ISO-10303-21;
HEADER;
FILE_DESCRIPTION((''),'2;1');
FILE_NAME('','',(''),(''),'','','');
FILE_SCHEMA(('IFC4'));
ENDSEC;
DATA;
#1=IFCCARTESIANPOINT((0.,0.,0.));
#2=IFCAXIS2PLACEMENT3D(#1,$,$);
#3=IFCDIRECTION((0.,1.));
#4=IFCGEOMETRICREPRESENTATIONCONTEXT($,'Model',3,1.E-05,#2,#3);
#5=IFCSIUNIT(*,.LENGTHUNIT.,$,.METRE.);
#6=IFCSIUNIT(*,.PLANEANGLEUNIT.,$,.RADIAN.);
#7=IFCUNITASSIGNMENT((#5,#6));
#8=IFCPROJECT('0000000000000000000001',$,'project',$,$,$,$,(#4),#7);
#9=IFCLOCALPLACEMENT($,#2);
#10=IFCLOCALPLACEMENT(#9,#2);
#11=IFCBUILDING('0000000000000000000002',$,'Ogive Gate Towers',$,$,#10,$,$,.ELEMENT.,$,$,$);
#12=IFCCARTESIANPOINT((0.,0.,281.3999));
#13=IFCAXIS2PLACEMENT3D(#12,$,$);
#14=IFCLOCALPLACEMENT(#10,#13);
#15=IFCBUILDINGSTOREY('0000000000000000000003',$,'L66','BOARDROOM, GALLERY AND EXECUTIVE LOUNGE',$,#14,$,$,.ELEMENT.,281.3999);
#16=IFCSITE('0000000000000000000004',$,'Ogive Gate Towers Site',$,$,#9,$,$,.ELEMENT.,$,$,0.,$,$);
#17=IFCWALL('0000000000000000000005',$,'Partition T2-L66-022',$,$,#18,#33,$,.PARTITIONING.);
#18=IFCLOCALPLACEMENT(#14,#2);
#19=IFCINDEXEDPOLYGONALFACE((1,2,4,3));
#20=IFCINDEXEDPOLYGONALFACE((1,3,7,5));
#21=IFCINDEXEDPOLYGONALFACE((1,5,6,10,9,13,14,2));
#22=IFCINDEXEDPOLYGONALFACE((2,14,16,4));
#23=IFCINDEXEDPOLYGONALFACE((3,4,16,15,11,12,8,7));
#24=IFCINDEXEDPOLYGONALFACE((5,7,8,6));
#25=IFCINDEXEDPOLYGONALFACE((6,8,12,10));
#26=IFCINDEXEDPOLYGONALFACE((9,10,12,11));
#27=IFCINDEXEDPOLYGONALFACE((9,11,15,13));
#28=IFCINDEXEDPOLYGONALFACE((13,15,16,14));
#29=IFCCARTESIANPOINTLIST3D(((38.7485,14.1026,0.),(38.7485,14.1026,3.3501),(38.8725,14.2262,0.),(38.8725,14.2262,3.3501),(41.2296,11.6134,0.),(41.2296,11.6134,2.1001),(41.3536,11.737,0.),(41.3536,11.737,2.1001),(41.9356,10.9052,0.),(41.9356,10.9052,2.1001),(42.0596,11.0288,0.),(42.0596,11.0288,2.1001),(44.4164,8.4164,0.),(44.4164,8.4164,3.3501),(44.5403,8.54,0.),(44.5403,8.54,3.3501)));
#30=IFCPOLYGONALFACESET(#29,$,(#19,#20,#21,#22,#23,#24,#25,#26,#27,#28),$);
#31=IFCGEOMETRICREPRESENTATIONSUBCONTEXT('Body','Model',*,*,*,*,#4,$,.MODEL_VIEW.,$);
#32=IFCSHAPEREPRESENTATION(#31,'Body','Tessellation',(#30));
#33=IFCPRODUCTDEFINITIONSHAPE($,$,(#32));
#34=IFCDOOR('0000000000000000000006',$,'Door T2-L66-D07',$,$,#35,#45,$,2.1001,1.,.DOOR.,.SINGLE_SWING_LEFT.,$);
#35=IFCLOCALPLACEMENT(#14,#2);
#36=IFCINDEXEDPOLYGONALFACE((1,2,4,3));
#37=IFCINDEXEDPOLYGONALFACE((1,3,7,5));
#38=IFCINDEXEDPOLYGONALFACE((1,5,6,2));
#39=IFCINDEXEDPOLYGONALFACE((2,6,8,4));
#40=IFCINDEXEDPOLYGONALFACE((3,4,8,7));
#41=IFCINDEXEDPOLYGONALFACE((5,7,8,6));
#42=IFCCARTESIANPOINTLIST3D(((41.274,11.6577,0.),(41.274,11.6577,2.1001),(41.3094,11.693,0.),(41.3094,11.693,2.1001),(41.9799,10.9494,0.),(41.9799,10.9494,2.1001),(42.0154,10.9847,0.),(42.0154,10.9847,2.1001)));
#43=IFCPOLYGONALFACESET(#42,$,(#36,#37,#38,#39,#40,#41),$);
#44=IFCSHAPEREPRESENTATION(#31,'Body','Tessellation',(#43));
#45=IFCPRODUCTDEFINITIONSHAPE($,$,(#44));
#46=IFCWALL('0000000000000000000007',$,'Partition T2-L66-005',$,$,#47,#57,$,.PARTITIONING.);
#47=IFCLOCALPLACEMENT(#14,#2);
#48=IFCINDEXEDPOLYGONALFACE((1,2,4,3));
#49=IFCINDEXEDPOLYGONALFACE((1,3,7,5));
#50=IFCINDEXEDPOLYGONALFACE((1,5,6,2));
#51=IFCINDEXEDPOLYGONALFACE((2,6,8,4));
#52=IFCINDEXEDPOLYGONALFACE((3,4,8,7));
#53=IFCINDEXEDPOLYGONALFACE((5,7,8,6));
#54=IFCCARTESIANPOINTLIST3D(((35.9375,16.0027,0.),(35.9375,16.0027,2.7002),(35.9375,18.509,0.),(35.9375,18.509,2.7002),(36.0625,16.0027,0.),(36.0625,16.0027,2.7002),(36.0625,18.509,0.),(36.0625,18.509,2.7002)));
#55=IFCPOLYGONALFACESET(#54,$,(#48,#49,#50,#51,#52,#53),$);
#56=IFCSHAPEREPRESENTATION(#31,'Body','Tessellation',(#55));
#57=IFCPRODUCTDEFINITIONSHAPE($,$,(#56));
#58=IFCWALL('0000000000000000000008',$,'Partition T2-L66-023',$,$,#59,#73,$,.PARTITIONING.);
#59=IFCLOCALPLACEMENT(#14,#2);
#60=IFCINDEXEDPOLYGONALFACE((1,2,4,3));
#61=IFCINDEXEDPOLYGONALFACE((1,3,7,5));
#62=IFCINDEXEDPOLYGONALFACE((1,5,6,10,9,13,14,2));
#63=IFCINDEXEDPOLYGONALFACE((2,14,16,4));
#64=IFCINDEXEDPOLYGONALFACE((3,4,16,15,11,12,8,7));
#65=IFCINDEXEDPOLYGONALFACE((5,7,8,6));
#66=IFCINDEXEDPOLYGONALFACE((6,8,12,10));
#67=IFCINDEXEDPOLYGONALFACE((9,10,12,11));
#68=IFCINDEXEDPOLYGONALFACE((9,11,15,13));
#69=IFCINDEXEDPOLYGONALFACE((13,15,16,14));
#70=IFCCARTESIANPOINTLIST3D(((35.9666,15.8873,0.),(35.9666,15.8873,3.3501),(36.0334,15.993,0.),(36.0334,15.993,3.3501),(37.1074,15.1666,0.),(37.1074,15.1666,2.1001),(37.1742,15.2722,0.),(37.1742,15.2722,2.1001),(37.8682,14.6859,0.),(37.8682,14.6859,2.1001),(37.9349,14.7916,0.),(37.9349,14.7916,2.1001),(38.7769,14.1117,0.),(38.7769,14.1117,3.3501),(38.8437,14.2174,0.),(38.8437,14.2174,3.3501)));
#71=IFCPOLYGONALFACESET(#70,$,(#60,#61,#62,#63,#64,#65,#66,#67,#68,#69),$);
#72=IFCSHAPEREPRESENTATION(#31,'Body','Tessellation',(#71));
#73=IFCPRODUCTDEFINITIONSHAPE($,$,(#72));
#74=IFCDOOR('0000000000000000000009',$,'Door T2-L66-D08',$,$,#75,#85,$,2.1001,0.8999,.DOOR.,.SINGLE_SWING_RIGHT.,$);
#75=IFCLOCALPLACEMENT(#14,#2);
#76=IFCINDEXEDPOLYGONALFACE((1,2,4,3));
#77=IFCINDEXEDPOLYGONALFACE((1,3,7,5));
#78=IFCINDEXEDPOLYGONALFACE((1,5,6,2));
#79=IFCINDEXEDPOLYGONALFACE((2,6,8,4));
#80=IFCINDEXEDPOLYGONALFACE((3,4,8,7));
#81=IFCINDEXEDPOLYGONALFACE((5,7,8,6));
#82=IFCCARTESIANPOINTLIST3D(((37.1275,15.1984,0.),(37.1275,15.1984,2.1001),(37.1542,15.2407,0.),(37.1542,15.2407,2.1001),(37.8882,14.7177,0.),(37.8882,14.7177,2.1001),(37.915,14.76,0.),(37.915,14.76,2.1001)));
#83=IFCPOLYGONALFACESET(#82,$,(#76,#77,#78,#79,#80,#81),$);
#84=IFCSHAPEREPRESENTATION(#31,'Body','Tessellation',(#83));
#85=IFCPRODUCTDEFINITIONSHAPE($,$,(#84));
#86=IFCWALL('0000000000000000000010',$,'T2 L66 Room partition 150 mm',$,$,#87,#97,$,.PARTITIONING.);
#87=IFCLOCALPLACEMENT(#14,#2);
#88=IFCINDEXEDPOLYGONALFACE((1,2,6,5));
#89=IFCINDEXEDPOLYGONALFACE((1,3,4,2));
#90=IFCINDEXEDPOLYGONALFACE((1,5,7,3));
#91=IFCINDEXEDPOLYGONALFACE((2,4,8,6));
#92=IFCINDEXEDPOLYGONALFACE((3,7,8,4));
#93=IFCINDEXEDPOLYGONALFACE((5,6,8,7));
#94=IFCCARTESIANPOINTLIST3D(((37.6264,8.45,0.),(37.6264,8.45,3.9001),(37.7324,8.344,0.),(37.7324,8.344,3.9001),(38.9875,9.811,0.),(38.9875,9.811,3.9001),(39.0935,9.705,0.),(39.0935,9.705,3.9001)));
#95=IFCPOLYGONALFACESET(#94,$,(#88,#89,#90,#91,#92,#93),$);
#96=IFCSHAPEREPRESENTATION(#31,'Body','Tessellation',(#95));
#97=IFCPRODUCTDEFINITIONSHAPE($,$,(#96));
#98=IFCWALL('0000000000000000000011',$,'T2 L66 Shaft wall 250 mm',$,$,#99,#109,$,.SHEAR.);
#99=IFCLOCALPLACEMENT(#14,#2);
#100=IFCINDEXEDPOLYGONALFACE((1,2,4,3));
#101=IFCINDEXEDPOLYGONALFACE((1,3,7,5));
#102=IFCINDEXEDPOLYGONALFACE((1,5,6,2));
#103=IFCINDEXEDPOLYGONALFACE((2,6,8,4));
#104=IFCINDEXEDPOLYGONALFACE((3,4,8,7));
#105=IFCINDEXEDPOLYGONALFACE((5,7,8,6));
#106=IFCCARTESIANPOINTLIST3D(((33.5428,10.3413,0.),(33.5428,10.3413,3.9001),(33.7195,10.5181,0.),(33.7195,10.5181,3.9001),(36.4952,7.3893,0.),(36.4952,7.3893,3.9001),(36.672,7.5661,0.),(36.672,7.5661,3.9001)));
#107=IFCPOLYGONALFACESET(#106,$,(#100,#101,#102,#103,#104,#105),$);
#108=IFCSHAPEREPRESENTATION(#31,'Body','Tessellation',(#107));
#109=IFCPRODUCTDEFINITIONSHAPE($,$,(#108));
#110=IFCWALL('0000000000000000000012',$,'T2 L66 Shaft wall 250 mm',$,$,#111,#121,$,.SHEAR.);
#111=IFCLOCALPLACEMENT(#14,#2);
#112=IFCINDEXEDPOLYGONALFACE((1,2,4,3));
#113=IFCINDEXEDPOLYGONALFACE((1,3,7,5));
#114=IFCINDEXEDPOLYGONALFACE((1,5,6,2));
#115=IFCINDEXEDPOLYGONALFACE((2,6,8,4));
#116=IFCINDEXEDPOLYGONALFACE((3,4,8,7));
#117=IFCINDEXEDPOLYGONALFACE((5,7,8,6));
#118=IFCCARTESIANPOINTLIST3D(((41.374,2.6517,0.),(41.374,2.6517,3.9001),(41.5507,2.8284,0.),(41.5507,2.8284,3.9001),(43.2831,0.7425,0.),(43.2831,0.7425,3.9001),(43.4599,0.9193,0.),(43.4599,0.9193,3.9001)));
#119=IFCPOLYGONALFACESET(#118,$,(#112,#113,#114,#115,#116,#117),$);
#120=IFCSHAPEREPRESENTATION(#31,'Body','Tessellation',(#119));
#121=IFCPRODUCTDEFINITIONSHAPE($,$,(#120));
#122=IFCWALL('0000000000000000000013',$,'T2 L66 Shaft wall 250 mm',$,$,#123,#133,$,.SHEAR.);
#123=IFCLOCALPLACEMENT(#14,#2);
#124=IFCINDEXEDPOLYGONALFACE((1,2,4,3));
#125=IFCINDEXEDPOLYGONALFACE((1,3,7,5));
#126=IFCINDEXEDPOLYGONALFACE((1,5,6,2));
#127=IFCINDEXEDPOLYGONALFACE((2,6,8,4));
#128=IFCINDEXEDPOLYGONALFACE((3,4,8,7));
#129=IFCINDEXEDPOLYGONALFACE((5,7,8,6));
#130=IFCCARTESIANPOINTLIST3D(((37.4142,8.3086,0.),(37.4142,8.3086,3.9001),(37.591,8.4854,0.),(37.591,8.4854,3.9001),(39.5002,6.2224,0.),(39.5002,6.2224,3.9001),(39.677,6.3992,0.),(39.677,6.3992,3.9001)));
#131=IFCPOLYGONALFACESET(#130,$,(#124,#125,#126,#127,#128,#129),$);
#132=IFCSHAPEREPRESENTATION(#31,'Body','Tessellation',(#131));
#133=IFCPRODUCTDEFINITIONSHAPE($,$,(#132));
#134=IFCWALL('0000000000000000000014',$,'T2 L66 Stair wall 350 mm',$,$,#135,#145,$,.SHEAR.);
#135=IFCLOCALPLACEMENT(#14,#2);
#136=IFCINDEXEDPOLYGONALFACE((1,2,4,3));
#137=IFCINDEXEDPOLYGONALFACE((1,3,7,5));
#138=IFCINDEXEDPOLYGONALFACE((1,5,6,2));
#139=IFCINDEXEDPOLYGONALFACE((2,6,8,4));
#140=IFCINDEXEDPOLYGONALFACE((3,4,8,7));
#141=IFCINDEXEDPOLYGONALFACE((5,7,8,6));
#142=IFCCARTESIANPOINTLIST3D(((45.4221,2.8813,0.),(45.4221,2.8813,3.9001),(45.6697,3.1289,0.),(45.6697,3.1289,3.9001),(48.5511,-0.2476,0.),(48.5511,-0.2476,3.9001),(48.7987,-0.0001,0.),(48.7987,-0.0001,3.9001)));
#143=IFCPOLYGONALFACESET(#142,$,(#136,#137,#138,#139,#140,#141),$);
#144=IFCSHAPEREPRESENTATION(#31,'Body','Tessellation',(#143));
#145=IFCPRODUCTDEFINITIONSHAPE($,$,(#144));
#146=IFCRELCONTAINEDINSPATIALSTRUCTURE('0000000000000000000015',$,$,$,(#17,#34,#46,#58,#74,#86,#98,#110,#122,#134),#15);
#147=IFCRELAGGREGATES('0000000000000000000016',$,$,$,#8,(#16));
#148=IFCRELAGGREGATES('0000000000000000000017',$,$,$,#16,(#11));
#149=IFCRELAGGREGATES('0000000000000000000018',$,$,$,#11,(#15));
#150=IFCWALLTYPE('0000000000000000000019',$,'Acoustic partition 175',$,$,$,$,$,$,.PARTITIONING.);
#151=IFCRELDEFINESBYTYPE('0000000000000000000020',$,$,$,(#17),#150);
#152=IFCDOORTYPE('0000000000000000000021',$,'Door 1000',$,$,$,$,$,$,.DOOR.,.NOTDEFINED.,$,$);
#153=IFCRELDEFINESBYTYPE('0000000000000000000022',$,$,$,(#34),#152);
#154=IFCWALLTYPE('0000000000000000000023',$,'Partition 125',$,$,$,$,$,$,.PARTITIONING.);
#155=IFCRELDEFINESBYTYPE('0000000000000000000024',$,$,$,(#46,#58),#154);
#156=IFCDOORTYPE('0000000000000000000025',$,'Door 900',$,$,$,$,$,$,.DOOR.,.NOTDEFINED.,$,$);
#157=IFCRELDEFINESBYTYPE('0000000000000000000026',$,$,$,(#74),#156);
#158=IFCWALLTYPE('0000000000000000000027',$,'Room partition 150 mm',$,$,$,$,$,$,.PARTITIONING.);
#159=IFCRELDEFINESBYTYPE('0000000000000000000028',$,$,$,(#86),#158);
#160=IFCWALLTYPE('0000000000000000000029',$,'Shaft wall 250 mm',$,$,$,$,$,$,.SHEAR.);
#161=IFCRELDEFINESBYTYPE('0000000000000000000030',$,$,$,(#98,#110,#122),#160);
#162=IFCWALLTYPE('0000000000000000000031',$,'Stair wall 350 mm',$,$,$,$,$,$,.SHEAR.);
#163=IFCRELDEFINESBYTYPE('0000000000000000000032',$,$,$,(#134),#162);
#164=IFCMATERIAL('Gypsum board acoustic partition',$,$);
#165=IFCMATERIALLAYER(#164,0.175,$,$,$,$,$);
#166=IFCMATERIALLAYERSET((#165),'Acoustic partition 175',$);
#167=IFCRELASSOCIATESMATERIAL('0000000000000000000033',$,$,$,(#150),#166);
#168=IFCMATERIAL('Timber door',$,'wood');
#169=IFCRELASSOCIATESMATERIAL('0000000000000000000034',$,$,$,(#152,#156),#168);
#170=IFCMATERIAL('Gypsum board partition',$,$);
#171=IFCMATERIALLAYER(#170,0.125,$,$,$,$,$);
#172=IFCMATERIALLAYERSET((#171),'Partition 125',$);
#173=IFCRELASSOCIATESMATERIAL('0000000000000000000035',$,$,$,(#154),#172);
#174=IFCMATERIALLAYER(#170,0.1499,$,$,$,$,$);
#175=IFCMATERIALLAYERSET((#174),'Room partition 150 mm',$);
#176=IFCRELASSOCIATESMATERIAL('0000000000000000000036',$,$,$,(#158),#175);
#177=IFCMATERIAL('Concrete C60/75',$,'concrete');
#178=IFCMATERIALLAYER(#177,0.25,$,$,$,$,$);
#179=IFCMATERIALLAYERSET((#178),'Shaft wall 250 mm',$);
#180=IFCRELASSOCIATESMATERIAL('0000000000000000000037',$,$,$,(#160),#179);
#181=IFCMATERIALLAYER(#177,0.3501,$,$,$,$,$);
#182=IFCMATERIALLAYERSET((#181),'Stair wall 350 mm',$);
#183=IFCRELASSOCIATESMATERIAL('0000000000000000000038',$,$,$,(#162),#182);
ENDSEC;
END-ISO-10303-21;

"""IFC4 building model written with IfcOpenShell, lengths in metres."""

from ifc_helpers import new_model, si_unit, direction, frame, frame_2d, origin, place, context, subcontext, project, spatial, rectangle, extrude, material, layer, layer_set, type_object, element, fill, save


model = new_model("IFC4")

# Units and contexts
model_context = context("Model", 3, precision=1e-05, world=origin(), true_north=direction((0.0, 1.0)))
body_context = subcontext(model_context, "Body", "Model", "MODEL_VIEW")
ifc_project = project(units=[si_unit("LENGTHUNIT", "METRE"), si_unit("PLANEANGLEUNIT", "RADIAN")], contexts=[model_context])

# Site, building, storey
site_placement = place(None, origin())
site = spatial("IfcSite", under=ifc_project, at=site_placement, Name="Ogive Gate Towers Site", CompositionType="ELEMENT", RefElevation=0.0)
building_placement = place(site_placement, origin())
building = spatial("IfcBuilding", under=site, at=building_placement, Name="Ogive Gate Towers", CompositionType="ELEMENT")
storey_placement = place(building_placement, frame((0.0, 0.0, 281.3999)))
storey = spatial("IfcBuildingStorey", under=building, at=storey_placement, Name="L66", Description="BOARDROOM, GALLERY AND EXECUTIVE LOUNGE", CompositionType="ELEMENT", Elevation=281.3999)

# Shared definitions
ifc_material_1 = material(Name="Gypsum board acoustic partition")
ifc_layer_1 = layer(ifc_material_1, 0.175)
ifc_layer_set_1 = layer_set([ifc_layer_1], Name="Acoustic partition 175")
wall_type_1 = type_object("IfcWallType", Name="Acoustic partition 175", PredefinedType="PARTITIONING", material=ifc_layer_set_1)

# Wall, opening, door
ifc_material_2 = material(Name="Timber door", Category="wood")
door_type_1 = type_object("IfcDoorType", Name="Door 1000", OperationType="NOTDEFINED", PredefinedType="DOOR", material=ifc_material_2)
wall_1_placement = place(storey_placement, frame((44.4783, 8.4783, 0.0), z_axis=(0.0, 0.0, 1.0), x_axis=(-0.705966, 0.708246, 0.0)))
wall_1 = element("IfcWall", 1, at=wall_1_placement, inside=storey, type_object=wall_type_1, Name="Partition T2-L66-022", PredefinedType="PARTITIONING", context=body_context, shape_type="SweptSolid", body=[
    extrude(rectangle(XDim=8.0286, YDim=0.175, at=frame_2d((4.0142, 0.0))), origin(), (0.0, 0.0, 1.0), 3.3501),
])
opening_1_placement = place(wall_1_placement, frame((3.5139, 0.0, 0.0)))
opening_1 = element("IfcOpeningElement", 2, at=opening_1_placement, cuts=wall_1, PredefinedType="OPENING", context=body_context, shape_type="SweptSolid", body=[
    extrude(rectangle(XDim=1.0, YDim=2.1001, at=frame_2d((0.5, 1.05))), frame((0.0, 0.0977, 0.0), z_axis=(0.0, -1.0, 0.0), x_axis=(1.0, 0.0, 0.0)), (0.0, 0.0, 1.0), 0.1951),
])
door_1_placement = place(opening_1_placement, origin())
door_1 = element("IfcDoor", 3, at=door_1_placement, inside=storey, type_object=door_type_1, Name="Door T2-L66-D07", OperationType="SINGLE_SWING_LEFT", OverallHeight=2.1001, OverallWidth=1.0, PredefinedType="DOOR", context=body_context, shape_type="SweptSolid", body=[
    extrude(rectangle(XDim=1.0, YDim=2.1001, at=frame_2d((0.5, 1.05))), frame((0.0, 0.0249, 0.0), z_axis=(0.0, -1.0, 0.0), x_axis=(1.0, 0.0, 0.0)), (0.0, 0.0, 1.0), 0.05),
])
fill(opening_1, door_1)

# Wall
ifc_material_3 = material(Name="Gypsum board partition")
ifc_layer_2 = layer(ifc_material_3, 0.125)
ifc_layer_set_2 = layer_set([ifc_layer_2], Name="Partition 125")
wall_type_2 = type_object("IfcWallType", Name="Partition 125", PredefinedType="PARTITIONING", material=ifc_layer_set_2)
wall_2_placement = place(storey_placement, frame((36.0, 18.509, 0.0), z_axis=(0.0, 0.0, 1.0), x_axis=(0.0, -1.0, 0.0)))
element("IfcWall", 4, at=wall_2_placement, inside=storey, type_object=wall_type_2, Name="Partition T2-L66-005", PredefinedType="PARTITIONING", context=body_context, shape_type="SweptSolid", body=[
    extrude(rectangle(XDim=2.5063, YDim=0.125, at=frame_2d((1.2532, 0.0))), origin(), (0.0, 0.0, 1.0), 2.7002),
])

# Wall, opening, door
wall_3_placement = place(storey_placement, frame((38.8103, 14.1646, 0.0), z_axis=(0.0, 0.0, 1.0), x_axis=(-0.845393, 0.534145, 0.0)))
wall_3 = element("IfcWall", 5, at=wall_3_placement, inside=storey, type_object=wall_type_2, Name="Partition T2-L66-023", PredefinedType="PARTITIONING", context=body_context, shape_type="SweptSolid", body=[
    extrude(rectangle(XDim=3.3242, YDim=0.125, at=frame_2d((1.6621, 0.0))), origin(), (0.0, 0.0, 1.0), 3.3501),
])
opening_2_placement = place(wall_3_placement, frame((1.075, 0.0, 0.0)))
opening_2 = element("IfcOpeningElement", 6, at=opening_2_placement, cuts=wall_3, PredefinedType="OPENING", context=body_context, shape_type="SweptSolid", body=[
    extrude(rectangle(XDim=0.8999, YDim=2.1001, at=frame_2d((0.45, 1.05))), frame((0.0, 0.0725, 0.0), z_axis=(0.0, -1.0, 0.0), x_axis=(1.0, 0.0, 0.0)), (0.0, 0.0, 1.0), 0.145),
])
door_type_2 = type_object("IfcDoorType", Name="Door 900", OperationType="NOTDEFINED", PredefinedType="DOOR", material=ifc_material_2)
door_2_placement = place(opening_2_placement, origin())
door_2 = element("IfcDoor", 7, at=door_2_placement, inside=storey, type_object=door_type_2, Name="Door T2-L66-D08", OperationType="SINGLE_SWING_RIGHT", OverallHeight=2.1001, OverallWidth=0.8999, PredefinedType="DOOR", context=body_context, shape_type="SweptSolid", body=[
    extrude(rectangle(XDim=0.8999, YDim=2.1001, at=frame_2d((0.45, 1.05))), frame((0.0, 0.0249, 0.0), z_axis=(0.0, -1.0, 0.0), x_axis=(1.0, 0.0, 0.0)), (0.0, 0.0, 1.0), 0.05),
])
fill(opening_2, door_2)

# Walls
ifc_layer_3 = layer(ifc_material_3, 0.1499)
ifc_layer_set_3 = layer_set([ifc_layer_3], Name="Room partition 150 mm")
wall_type_3 = type_object("IfcWallType", Name="Room partition 150 mm", PredefinedType="PARTITIONING", material=ifc_layer_set_3)
wall_4_placement = place(storey_placement, frame((37.6794, 8.397, 0.0), z_axis=(0.0, 0.0, 1.0), x_axis=(0.707107, 0.707107, 0.0)))
element("IfcWall", 8, at=wall_4_placement, inside=storey, type_object=wall_type_3, Name="T2 L66 Room partition 150 mm", PredefinedType="PARTITIONING", context=body_context, shape_type="SweptSolid", body=[
    extrude(rectangle(XDim=1.9248, YDim=0.1499, at=frame_2d((0.9624, 0.0))), origin(), (0.0, 0.0, 1.0), 3.9001),
])
ifc_material_4 = material(Name="Concrete C60/75", Category="concrete")
ifc_layer_4 = layer(ifc_material_4, 0.25)
ifc_layer_set_4 = layer_set([ifc_layer_4], Name="Shaft wall 250 mm")
wall_type_4 = type_object("IfcWallType", Name="Shaft wall 250 mm", PredefinedType="SHEAR", material=ifc_layer_set_4)
wall_5_placement = place(storey_placement, frame((36.5835, 7.4778, 0.0), z_axis=(0.0, 0.0, 1.0), x_axis=(-0.707165, 0.707048, 0.0)))
element("IfcWall", 9, at=wall_5_placement, inside=storey, type_object=wall_type_4, Name="T2 L66 Shaft wall 250 mm", PredefinedType="SHEAR", context=body_context, shape_type="SweptSolid", body=[
    extrude(rectangle(XDim=4.175, YDim=0.25, at=frame_2d((2.0874, 0.0))), origin(), (0.0, 0.0, 1.0), 3.9001),
])
wall_6_placement = place(storey_placement, frame((43.3716, 0.8308, 0.0), z_axis=(0.0, 0.0, 1.0), x_axis=(-0.707107, 0.707107, 0.0)))
element("IfcWall", 10, at=wall_6_placement, inside=storey, type_object=wall_type_4, Name="T2 L66 Shaft wall 250 mm", PredefinedType="SHEAR", context=body_context, shape_type="SweptSolid", body=[
    extrude(rectangle(XDim=2.7, YDim=0.25, at=frame_2d((1.3501, 0.0))), origin(), (0.0, 0.0, 1.0), 3.9001),
])
wall_7_placement = place(storey_placement, frame((39.5886, 6.3108, 0.0), z_axis=(0.0, 0.0, 1.0), x_axis=(-0.707065, 0.707148, 0.0)))
element("IfcWall", 11, at=wall_7_placement, inside=storey, type_object=wall_type_4, Name="T2 L66 Shaft wall 250 mm", PredefinedType="SHEAR", context=body_context, shape_type="SweptSolid", body=[
    extrude(rectangle(XDim=2.9502, YDim=0.25, at=frame_2d((1.4751, 0.0))), origin(), (0.0, 0.0, 1.0), 3.9001),
])
ifc_layer_5 = layer(ifc_material_4, 0.3501)
ifc_layer_set_5 = layer_set([ifc_layer_5], Name="Stair wall 350 mm")
wall_type_5 = type_object("IfcWallType", Name="Stair wall 350 mm", PredefinedType="SHEAR", material=ifc_layer_set_5)
wall_8_placement = place(storey_placement, frame((48.6748, -0.1238, 0.0), z_axis=(0.0, 0.0, 1.0), x_axis=(-0.707107, 0.707107, 0.0)))
element("IfcWall", 12, at=wall_8_placement, inside=storey, type_object=wall_type_5, Name="T2 L66 Stair wall 350 mm", PredefinedType="SHEAR", context=body_context, shape_type="SweptSolid", body=[
    extrude(rectangle(XDim=4.425, YDim=0.3501, at=frame_2d((2.2124, 0.0))), origin(), (0.0, 0.0, 1.0), 3.9001),
])

save(model, "model.ifc")
